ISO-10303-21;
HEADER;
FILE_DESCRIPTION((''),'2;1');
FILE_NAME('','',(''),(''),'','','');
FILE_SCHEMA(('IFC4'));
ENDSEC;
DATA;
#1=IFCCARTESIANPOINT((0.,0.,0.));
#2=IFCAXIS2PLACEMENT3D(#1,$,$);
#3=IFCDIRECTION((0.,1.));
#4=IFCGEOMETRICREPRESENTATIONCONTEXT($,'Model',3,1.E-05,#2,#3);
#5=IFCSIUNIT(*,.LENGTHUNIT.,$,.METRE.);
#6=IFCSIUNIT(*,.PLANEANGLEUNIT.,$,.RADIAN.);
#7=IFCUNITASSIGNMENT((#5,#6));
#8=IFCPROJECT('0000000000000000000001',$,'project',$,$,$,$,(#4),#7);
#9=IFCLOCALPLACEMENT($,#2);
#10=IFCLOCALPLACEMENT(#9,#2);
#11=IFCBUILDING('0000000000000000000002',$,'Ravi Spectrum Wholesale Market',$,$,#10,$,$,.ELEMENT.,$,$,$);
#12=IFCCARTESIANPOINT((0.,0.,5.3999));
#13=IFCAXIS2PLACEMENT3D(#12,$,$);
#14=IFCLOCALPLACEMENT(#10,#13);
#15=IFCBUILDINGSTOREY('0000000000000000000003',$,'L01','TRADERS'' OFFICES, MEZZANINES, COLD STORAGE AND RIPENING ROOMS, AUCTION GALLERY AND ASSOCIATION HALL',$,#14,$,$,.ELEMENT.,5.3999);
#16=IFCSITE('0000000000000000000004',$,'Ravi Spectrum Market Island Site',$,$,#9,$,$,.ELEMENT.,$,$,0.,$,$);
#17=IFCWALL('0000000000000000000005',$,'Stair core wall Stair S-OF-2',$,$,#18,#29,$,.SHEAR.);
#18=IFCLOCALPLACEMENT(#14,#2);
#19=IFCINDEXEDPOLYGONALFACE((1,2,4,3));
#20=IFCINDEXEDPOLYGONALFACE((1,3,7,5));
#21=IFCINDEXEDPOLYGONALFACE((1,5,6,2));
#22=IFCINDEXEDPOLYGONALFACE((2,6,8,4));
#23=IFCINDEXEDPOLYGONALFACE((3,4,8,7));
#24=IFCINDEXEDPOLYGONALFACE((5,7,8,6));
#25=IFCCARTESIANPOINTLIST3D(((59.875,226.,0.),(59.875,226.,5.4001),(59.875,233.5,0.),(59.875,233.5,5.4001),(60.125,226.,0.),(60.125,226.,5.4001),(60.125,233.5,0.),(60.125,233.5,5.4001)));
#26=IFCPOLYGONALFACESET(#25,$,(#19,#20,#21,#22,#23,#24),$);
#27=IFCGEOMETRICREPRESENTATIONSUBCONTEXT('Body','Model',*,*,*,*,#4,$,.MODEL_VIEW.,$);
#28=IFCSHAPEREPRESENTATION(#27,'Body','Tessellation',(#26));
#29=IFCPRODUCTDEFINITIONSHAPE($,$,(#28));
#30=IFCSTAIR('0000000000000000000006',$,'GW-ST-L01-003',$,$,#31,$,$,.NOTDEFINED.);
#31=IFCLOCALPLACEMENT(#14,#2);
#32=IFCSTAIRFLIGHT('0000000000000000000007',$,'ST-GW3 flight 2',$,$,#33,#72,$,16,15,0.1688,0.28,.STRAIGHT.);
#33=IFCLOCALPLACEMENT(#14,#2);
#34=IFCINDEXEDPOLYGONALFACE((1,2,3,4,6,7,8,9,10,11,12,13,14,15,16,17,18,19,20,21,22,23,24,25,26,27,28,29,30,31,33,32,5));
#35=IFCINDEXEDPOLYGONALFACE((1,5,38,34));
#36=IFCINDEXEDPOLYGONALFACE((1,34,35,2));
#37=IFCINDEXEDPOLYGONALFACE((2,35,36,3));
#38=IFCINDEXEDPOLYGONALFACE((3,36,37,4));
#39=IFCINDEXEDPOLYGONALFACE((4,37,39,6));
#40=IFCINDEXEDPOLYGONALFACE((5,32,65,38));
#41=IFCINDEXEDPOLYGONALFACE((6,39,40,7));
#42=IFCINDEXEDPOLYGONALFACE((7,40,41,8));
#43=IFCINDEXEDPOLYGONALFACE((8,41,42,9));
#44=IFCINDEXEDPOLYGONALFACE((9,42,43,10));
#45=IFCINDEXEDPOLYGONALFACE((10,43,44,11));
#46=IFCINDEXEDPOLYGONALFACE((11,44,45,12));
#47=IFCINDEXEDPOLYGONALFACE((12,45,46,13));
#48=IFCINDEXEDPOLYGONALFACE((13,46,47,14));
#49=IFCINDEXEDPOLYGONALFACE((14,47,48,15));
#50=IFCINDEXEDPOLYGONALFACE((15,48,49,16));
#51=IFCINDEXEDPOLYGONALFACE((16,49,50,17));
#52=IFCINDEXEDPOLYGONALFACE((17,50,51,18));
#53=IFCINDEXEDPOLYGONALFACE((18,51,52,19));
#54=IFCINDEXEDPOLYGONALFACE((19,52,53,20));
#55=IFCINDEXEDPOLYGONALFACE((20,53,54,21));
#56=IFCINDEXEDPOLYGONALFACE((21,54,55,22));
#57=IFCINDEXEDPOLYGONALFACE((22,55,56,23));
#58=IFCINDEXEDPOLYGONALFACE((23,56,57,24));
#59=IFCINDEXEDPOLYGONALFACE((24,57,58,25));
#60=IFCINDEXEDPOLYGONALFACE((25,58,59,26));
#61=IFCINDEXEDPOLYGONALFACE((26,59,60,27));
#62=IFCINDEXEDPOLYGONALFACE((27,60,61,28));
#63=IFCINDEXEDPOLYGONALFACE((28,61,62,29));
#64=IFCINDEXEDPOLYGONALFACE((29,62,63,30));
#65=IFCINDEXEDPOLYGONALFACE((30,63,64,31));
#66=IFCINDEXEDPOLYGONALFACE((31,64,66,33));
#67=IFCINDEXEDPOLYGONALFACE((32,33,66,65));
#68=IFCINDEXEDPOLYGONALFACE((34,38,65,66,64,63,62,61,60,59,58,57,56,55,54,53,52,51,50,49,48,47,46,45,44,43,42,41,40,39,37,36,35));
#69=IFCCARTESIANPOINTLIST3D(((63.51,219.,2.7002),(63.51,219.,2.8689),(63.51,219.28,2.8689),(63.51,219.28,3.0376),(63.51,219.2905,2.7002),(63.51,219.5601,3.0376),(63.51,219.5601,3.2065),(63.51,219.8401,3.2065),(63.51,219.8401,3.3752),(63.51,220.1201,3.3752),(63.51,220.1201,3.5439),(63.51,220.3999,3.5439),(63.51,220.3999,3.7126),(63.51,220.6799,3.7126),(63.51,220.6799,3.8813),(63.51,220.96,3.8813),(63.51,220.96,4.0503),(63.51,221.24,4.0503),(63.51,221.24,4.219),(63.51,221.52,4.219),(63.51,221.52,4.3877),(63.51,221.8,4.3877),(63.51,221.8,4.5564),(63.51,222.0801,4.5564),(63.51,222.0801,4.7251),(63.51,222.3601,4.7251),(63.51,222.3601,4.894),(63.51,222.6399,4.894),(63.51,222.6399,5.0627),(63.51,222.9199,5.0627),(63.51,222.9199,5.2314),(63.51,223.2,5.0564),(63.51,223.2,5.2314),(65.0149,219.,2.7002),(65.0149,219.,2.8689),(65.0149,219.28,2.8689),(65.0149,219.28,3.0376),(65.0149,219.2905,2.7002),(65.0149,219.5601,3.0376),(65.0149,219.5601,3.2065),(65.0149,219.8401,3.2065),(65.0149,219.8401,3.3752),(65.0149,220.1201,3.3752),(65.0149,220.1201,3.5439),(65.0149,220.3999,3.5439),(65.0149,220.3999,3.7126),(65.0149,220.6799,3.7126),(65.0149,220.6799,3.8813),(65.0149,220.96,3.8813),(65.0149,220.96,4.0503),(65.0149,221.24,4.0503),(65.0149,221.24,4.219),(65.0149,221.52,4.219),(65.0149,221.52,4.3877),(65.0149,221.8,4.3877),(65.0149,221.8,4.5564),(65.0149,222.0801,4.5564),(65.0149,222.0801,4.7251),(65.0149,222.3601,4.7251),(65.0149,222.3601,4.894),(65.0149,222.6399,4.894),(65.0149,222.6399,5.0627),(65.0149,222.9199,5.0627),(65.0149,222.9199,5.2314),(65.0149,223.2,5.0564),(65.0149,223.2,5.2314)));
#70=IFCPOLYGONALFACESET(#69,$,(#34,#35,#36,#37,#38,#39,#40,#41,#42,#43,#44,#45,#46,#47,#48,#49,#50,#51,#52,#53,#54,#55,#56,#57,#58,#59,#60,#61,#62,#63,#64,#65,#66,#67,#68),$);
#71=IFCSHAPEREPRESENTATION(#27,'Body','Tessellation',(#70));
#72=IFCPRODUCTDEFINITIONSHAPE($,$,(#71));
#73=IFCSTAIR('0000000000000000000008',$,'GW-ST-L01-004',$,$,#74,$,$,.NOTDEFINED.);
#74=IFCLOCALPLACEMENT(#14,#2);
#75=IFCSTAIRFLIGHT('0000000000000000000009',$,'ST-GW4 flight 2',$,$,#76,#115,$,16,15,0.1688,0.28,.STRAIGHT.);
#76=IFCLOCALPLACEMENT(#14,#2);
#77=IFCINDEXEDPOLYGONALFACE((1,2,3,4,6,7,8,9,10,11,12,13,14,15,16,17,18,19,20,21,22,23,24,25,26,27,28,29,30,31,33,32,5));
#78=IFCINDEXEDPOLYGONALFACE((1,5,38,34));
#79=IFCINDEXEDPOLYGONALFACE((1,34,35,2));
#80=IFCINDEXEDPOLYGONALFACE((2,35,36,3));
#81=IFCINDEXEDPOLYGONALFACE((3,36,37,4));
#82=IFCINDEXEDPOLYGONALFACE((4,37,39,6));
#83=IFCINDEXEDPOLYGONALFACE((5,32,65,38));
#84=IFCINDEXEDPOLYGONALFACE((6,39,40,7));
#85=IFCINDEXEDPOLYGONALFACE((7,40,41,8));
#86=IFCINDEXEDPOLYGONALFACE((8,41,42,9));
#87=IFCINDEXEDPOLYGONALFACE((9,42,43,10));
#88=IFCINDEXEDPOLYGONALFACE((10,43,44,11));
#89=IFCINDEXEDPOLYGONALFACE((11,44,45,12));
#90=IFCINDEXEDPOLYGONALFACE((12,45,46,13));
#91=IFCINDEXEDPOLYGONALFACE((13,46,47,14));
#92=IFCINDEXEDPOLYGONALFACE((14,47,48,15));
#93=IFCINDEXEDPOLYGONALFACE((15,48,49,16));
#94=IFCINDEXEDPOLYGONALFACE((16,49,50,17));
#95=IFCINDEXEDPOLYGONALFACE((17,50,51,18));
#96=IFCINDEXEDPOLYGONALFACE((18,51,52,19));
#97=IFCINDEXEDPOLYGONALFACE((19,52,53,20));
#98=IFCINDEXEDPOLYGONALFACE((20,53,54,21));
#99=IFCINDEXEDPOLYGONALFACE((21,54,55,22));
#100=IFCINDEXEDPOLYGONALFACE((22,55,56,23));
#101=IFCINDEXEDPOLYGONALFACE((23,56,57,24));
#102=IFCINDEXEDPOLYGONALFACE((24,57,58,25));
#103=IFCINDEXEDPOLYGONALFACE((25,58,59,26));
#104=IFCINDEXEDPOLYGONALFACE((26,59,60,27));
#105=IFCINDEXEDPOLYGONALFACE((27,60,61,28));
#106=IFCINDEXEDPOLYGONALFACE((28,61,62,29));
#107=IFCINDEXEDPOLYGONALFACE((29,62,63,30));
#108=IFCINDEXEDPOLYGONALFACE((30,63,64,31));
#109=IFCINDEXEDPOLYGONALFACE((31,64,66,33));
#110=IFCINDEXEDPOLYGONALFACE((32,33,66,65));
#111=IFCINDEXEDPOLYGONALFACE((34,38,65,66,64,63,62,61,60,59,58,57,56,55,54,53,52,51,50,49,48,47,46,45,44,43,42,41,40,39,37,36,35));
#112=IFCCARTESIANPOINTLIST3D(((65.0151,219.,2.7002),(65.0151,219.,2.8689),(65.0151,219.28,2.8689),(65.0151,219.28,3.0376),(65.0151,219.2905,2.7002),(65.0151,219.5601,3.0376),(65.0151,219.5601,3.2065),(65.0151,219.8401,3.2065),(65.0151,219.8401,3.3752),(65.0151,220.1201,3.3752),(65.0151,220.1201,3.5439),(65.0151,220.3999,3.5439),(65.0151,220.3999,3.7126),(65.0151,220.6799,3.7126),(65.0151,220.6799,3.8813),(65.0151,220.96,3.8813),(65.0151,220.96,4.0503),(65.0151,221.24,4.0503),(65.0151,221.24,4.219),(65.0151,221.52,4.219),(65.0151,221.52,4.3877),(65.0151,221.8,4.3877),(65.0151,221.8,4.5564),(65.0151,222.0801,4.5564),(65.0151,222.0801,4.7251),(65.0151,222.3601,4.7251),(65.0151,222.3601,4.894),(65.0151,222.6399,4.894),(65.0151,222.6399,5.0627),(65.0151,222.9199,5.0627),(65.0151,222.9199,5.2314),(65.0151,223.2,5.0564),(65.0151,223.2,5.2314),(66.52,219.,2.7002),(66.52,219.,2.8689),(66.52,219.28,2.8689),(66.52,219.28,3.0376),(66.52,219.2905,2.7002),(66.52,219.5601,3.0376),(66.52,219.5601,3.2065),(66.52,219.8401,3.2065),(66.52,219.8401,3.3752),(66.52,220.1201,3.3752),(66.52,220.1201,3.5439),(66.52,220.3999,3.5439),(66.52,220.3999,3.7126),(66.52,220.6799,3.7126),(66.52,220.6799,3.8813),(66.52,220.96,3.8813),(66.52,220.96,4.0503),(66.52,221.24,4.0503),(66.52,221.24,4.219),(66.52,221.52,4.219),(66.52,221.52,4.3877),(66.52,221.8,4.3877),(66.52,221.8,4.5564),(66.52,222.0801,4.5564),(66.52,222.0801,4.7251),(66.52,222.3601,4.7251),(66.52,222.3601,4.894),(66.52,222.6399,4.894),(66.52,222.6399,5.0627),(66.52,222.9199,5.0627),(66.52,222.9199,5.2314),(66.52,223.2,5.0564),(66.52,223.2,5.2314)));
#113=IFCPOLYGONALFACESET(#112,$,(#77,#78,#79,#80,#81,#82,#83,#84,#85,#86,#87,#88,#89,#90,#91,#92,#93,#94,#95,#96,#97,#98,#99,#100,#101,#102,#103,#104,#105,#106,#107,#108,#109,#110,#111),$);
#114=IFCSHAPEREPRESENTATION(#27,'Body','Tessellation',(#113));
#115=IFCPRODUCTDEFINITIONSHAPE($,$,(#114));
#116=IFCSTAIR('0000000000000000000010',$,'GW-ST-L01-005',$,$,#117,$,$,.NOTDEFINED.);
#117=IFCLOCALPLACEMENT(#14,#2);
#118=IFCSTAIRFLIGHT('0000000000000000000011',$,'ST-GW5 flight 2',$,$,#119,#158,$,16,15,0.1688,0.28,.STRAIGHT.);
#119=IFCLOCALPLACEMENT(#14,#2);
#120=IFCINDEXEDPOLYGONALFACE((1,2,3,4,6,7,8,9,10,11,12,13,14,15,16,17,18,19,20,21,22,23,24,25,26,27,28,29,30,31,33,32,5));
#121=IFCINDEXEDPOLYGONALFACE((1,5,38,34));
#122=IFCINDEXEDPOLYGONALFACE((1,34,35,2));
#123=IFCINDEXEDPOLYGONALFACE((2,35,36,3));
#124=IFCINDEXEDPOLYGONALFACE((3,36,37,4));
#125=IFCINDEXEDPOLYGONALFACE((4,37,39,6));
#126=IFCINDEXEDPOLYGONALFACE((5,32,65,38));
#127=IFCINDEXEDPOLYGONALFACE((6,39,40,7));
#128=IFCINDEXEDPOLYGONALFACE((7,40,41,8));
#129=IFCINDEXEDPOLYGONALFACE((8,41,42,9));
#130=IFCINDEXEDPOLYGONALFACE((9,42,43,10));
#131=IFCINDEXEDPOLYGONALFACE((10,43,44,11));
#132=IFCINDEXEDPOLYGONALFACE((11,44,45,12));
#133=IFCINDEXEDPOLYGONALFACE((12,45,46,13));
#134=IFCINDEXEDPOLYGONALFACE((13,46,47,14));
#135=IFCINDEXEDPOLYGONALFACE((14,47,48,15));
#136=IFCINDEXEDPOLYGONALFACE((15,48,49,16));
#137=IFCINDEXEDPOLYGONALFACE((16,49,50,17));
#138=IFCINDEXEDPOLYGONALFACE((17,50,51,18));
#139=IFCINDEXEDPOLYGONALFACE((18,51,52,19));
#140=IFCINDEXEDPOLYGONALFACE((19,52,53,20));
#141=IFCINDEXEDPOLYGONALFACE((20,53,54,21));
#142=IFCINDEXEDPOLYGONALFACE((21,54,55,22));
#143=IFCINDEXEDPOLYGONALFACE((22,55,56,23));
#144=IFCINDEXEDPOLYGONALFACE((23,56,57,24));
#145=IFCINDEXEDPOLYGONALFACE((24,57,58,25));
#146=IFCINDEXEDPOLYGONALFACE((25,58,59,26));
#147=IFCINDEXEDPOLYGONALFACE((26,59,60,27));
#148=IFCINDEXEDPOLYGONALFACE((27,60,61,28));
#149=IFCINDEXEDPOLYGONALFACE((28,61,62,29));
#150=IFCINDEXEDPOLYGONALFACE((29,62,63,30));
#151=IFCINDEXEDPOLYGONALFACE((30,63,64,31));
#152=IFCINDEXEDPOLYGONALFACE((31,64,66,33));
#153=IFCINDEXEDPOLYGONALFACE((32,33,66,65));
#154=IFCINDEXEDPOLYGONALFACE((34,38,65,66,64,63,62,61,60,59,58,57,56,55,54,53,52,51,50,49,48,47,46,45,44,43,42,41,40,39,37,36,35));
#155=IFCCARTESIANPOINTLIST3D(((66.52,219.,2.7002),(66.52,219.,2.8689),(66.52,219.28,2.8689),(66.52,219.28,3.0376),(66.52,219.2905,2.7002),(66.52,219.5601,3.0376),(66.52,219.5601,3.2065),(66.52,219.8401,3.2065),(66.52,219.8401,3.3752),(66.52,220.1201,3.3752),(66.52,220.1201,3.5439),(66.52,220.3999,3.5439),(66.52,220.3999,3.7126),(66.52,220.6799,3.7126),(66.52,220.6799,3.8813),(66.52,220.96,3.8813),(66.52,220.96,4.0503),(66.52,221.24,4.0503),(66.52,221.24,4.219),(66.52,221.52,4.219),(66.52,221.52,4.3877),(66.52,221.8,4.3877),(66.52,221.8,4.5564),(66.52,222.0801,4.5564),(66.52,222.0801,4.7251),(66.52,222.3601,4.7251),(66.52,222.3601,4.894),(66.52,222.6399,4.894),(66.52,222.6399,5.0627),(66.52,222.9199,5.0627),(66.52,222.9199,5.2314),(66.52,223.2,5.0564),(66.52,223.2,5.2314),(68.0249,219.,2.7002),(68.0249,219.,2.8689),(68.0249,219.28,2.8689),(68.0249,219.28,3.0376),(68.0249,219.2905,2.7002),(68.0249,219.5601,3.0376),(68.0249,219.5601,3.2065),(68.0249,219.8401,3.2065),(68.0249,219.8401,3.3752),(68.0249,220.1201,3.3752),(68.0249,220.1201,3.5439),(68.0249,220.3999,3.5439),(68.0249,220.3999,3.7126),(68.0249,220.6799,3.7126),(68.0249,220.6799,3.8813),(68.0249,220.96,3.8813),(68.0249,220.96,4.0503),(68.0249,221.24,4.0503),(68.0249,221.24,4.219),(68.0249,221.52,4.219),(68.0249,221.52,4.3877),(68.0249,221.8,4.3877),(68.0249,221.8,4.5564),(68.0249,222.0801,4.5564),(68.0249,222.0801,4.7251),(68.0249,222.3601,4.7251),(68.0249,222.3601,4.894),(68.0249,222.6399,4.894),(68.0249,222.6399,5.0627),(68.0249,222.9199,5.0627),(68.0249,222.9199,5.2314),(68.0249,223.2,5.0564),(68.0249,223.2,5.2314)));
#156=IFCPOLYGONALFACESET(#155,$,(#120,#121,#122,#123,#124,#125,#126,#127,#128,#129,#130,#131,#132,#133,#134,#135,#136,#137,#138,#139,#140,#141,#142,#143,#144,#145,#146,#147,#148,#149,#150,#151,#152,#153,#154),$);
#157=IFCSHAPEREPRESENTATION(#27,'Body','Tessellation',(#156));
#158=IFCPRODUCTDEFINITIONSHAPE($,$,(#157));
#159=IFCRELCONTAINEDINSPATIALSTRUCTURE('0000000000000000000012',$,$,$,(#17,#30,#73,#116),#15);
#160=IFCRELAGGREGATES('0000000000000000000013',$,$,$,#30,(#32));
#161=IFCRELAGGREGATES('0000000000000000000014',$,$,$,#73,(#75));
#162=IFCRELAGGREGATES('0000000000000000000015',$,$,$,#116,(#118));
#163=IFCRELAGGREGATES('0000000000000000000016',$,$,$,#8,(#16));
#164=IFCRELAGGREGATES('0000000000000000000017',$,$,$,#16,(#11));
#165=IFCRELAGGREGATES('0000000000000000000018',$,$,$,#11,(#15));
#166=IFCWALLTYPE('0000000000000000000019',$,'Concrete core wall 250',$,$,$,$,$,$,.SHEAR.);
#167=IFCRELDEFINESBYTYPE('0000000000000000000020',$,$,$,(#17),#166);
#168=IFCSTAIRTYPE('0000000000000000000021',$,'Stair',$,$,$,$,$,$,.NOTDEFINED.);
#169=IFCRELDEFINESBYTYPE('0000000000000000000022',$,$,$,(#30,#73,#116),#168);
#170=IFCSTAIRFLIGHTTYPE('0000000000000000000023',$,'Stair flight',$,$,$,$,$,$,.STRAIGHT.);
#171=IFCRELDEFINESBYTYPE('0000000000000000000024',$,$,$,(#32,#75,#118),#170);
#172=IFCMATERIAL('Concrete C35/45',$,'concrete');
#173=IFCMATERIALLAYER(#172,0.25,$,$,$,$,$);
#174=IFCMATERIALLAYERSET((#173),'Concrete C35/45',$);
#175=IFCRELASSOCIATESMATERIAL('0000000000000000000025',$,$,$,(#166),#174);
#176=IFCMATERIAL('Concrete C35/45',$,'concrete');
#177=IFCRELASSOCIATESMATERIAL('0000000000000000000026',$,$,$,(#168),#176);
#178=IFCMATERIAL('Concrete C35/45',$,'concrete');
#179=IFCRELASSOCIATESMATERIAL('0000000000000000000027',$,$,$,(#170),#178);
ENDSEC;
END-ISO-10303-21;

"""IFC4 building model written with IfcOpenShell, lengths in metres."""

from ifc_helpers import new_model, si_unit, direction, frame, frame_2d, origin, place, context, subcontext, project, spatial, polyline, rectangle, outline, extrude, material, layer, layer_set, type_object, element, aggregate, save


model = new_model("IFC4")

# Units and contexts
model_context = context("Model", 3, precision=1e-05, world=origin(), true_north=direction((0.0, 1.0)))
body_context = subcontext(model_context, "Body", "Model", "MODEL_VIEW")
ifc_project = project(units=[si_unit("LENGTHUNIT", "METRE"), si_unit("PLANEANGLEUNIT", "RADIAN")], contexts=[model_context])

# Site, building, storey
site_placement = place(None, origin())
site = spatial("IfcSite", under=ifc_project, at=site_placement, Name="Ravi Spectrum Market Island Site", CompositionType="ELEMENT", RefElevation=0.0)
building_placement = place(site_placement, origin())
building = spatial("IfcBuilding", under=site, at=building_placement, Name="Ravi Spectrum Wholesale Market", CompositionType="ELEMENT")
storey_placement = place(building_placement, frame((0.0, 0.0, 5.3999)))
storey = spatial("IfcBuildingStorey", under=building, at=storey_placement, Name="L01", Description="TRADERS' OFFICES, MEZZANINES, COLD STORAGE AND RIPENING ROOMS, AUCTION GALLERY AND ASSOCIATION HALL", CompositionType="ELEMENT", Elevation=5.3999)

# Wall
ifc_material_1 = material(Name="Concrete C35/45", Category="concrete")
ifc_layer_1 = layer(ifc_material_1, 0.25)
ifc_layer_set_1 = layer_set([ifc_layer_1], Name="Concrete C35/45")
wall_type_1 = type_object("IfcWallType", Name="Concrete core wall 250", PredefinedType="SHEAR", material=ifc_layer_set_1)
wall_1_placement = place(storey_placement, frame((60.0, 226.0, 0.0), z_axis=(0.0, 0.0, 1.0), x_axis=(0.0, 1.0, 0.0)))
element("IfcWall", 1, at=wall_1_placement, inside=storey, type_object=wall_type_1, Name="Stair core wall Stair S-OF-2", PredefinedType="SHEAR", context=body_context, shape_type="SweptSolid", body=[
    extrude(rectangle(XDim=7.5, YDim=0.25, at=frame_2d((3.75, 0.0))), origin(), (0.0, 0.0, 1.0), 5.4001),
])

# Stairs, stair flights
ifc_material_2 = material(Name="Concrete C35/45", Category="concrete")
stair_type = type_object("IfcStairType", Name="Stair", PredefinedType="NOTDEFINED", material=ifc_material_2)
stair_1_placement = place(storey_placement, origin())
stair_1 = element("IfcStair", 2, at=stair_1_placement, inside=storey, type_object=stair_type, Name="GW-ST-L01-003", PredefinedType="NOTDEFINED")
ifc_material_3 = material(Name="Concrete C35/45", Category="concrete")
stair_flight_type = type_object("IfcStairFlightType", Name="Stair flight", PredefinedType="STRAIGHT", material=ifc_material_3)
stair_flight_1_placement = place(storey_placement, frame((64.2625, 219.0, 2.7002), z_axis=(0.0, 0.0, 1.0), x_axis=(0.0, 1.0, 0.0)))
stair_flight_1 = element("IfcStairFlight", 3, at=stair_flight_1_placement, type_object=stair_flight_type, Name="ST-GW3 flight 2", NumberOfRisers=16, NumberOfTreads=15, PredefinedType="STRAIGHT", RiserHeight=0.1688, TreadLength=0.28, context=body_context, shape_type="SweptSolid", body=[
    extrude(outline(polyline([(0.0, 0.0), (0.0, 0.1687), (0.28, 0.1687), (0.28, 0.3374), (0.5601, 0.3374), (0.5601, 0.5063), (0.8401, 0.5063), (0.8401, 0.675), (1.1201, 0.675), (1.1201, 0.8438), (1.3999, 0.8438), (1.3999, 1.0125), (1.6799, 1.0125), (1.6799, 1.1812), (1.96, 1.1812), (1.96, 1.3501), (2.24, 1.3501), (2.24, 1.5188), (2.52, 1.5188), (2.52, 1.6875), (2.8, 1.6875), (2.8, 1.8562), (3.0801, 1.8562), (3.0801, 2.0249), (3.3601, 2.0249), (3.3601, 2.1938), (3.6399, 2.1938), (3.6399, 2.3625), (3.9199, 2.3625), (3.9199, 2.5312), (4.2, 2.5312), (4.2, 2.7), (4.2, 2.3562), (0.2905, 0.0), (0.0, 0.0)])), frame((0.0, 0.7524, 0.0), z_axis=(0.0, -1.0, 0.0), x_axis=(1.0, 0.0, 0.0)), (0.0, 0.0, 1.0), 1.5049),
])
aggregate(stair_1, [stair_flight_1])
stair_2_placement = place(storey_placement, origin())
stair_2 = element("IfcStair", 4, at=stair_2_placement, inside=storey, type_object=stair_type, Name="GW-ST-L01-004", PredefinedType="NOTDEFINED")
stair_flight_2_placement = place(storey_placement, frame((65.7676, 219.0, 2.7002), z_axis=(0.0, 0.0, 1.0), x_axis=(0.0, 1.0, 0.0)))
stair_flight_2 = element("IfcStairFlight", 5, at=stair_flight_2_placement, type_object=stair_flight_type, Name="ST-GW4 flight 2", NumberOfRisers=16, NumberOfTreads=15, PredefinedType="STRAIGHT", RiserHeight=0.1688, TreadLength=0.28, context=body_context, shape_type="SweptSolid", body=[
    extrude(outline(polyline([(0.0, 0.0), (0.0, 0.1687), (0.28, 0.1687), (0.28, 0.3374), (0.5601, 0.3374), (0.5601, 0.5063), (0.8401, 0.5063), (0.8401, 0.675), (1.1201, 0.675), (1.1201, 0.8438), (1.3999, 0.8438), (1.3999, 1.0125), (1.6799, 1.0125), (1.6799, 1.1812), (1.96, 1.1812), (1.96, 1.3501), (2.24, 1.3501), (2.24, 1.5188), (2.52, 1.5188), (2.52, 1.6875), (2.8, 1.6875), (2.8, 1.8562), (3.0801, 1.8562), (3.0801, 2.0249), (3.3601, 2.0249), (3.3601, 2.1938), (3.6399, 2.1938), (3.6399, 2.3625), (3.9199, 2.3625), (3.9199, 2.5312), (4.2, 2.5312), (4.2, 2.7), (4.2, 2.3562), (0.2905, 0.0), (0.0, 0.0)])), frame((0.0, 0.7524, 0.0), z_axis=(0.0, -1.0, 0.0), x_axis=(1.0, 0.0, 0.0)), (0.0, 0.0, 1.0), 1.5049),
])
aggregate(stair_2, [stair_flight_2])
stair_3_placement = place(storey_placement, origin())
stair_3 = element("IfcStair", 6, at=stair_3_placement, inside=storey, type_object=stair_type, Name="GW-ST-L01-005", PredefinedType="NOTDEFINED")
stair_flight_3_placement = place(storey_placement, frame((67.2725, 219.0, 2.7002), z_axis=(0.0, 0.0, 1.0), x_axis=(0.0, 1.0, 0.0)))
stair_flight_3 = element("IfcStairFlight", 7, at=stair_flight_3_placement, type_object=stair_flight_type, Name="ST-GW5 flight 2", NumberOfRisers=16, NumberOfTreads=15, PredefinedType="STRAIGHT", RiserHeight=0.1688, TreadLength=0.28, context=body_context, shape_type="SweptSolid", body=[
    extrude(outline(polyline([(0.0, 0.0), (0.0, 0.1687), (0.28, 0.1687), (0.28, 0.3374), (0.5601, 0.3374), (0.5601, 0.5063), (0.8401, 0.5063), (0.8401, 0.675), (1.1201, 0.675), (1.1201, 0.8438), (1.3999, 0.8438), (1.3999, 1.0125), (1.6799, 1.0125), (1.6799, 1.1812), (1.96, 1.1812), (1.96, 1.3501), (2.24, 1.3501), (2.24, 1.5188), (2.52, 1.5188), (2.52, 1.6875), (2.8, 1.6875), (2.8, 1.8562), (3.0801, 1.8562), (3.0801, 2.0249), (3.3601, 2.0249), (3.3601, 2.1938), (3.6399, 2.1938), (3.6399, 2.3625), (3.9199, 2.3625), (3.9199, 2.5312), (4.2, 2.5312), (4.2, 2.7), (4.2, 2.3562), (0.2905, 0.0), (0.0, 0.0)])), frame((0.0, 0.7524, 0.0), z_axis=(0.0, -1.0, 0.0), x_axis=(1.0, 0.0, 0.0)), (0.0, 0.0, 1.0), 1.5049),
])
aggregate(stair_3, [stair_flight_3])

save(model, "model.ifc")
